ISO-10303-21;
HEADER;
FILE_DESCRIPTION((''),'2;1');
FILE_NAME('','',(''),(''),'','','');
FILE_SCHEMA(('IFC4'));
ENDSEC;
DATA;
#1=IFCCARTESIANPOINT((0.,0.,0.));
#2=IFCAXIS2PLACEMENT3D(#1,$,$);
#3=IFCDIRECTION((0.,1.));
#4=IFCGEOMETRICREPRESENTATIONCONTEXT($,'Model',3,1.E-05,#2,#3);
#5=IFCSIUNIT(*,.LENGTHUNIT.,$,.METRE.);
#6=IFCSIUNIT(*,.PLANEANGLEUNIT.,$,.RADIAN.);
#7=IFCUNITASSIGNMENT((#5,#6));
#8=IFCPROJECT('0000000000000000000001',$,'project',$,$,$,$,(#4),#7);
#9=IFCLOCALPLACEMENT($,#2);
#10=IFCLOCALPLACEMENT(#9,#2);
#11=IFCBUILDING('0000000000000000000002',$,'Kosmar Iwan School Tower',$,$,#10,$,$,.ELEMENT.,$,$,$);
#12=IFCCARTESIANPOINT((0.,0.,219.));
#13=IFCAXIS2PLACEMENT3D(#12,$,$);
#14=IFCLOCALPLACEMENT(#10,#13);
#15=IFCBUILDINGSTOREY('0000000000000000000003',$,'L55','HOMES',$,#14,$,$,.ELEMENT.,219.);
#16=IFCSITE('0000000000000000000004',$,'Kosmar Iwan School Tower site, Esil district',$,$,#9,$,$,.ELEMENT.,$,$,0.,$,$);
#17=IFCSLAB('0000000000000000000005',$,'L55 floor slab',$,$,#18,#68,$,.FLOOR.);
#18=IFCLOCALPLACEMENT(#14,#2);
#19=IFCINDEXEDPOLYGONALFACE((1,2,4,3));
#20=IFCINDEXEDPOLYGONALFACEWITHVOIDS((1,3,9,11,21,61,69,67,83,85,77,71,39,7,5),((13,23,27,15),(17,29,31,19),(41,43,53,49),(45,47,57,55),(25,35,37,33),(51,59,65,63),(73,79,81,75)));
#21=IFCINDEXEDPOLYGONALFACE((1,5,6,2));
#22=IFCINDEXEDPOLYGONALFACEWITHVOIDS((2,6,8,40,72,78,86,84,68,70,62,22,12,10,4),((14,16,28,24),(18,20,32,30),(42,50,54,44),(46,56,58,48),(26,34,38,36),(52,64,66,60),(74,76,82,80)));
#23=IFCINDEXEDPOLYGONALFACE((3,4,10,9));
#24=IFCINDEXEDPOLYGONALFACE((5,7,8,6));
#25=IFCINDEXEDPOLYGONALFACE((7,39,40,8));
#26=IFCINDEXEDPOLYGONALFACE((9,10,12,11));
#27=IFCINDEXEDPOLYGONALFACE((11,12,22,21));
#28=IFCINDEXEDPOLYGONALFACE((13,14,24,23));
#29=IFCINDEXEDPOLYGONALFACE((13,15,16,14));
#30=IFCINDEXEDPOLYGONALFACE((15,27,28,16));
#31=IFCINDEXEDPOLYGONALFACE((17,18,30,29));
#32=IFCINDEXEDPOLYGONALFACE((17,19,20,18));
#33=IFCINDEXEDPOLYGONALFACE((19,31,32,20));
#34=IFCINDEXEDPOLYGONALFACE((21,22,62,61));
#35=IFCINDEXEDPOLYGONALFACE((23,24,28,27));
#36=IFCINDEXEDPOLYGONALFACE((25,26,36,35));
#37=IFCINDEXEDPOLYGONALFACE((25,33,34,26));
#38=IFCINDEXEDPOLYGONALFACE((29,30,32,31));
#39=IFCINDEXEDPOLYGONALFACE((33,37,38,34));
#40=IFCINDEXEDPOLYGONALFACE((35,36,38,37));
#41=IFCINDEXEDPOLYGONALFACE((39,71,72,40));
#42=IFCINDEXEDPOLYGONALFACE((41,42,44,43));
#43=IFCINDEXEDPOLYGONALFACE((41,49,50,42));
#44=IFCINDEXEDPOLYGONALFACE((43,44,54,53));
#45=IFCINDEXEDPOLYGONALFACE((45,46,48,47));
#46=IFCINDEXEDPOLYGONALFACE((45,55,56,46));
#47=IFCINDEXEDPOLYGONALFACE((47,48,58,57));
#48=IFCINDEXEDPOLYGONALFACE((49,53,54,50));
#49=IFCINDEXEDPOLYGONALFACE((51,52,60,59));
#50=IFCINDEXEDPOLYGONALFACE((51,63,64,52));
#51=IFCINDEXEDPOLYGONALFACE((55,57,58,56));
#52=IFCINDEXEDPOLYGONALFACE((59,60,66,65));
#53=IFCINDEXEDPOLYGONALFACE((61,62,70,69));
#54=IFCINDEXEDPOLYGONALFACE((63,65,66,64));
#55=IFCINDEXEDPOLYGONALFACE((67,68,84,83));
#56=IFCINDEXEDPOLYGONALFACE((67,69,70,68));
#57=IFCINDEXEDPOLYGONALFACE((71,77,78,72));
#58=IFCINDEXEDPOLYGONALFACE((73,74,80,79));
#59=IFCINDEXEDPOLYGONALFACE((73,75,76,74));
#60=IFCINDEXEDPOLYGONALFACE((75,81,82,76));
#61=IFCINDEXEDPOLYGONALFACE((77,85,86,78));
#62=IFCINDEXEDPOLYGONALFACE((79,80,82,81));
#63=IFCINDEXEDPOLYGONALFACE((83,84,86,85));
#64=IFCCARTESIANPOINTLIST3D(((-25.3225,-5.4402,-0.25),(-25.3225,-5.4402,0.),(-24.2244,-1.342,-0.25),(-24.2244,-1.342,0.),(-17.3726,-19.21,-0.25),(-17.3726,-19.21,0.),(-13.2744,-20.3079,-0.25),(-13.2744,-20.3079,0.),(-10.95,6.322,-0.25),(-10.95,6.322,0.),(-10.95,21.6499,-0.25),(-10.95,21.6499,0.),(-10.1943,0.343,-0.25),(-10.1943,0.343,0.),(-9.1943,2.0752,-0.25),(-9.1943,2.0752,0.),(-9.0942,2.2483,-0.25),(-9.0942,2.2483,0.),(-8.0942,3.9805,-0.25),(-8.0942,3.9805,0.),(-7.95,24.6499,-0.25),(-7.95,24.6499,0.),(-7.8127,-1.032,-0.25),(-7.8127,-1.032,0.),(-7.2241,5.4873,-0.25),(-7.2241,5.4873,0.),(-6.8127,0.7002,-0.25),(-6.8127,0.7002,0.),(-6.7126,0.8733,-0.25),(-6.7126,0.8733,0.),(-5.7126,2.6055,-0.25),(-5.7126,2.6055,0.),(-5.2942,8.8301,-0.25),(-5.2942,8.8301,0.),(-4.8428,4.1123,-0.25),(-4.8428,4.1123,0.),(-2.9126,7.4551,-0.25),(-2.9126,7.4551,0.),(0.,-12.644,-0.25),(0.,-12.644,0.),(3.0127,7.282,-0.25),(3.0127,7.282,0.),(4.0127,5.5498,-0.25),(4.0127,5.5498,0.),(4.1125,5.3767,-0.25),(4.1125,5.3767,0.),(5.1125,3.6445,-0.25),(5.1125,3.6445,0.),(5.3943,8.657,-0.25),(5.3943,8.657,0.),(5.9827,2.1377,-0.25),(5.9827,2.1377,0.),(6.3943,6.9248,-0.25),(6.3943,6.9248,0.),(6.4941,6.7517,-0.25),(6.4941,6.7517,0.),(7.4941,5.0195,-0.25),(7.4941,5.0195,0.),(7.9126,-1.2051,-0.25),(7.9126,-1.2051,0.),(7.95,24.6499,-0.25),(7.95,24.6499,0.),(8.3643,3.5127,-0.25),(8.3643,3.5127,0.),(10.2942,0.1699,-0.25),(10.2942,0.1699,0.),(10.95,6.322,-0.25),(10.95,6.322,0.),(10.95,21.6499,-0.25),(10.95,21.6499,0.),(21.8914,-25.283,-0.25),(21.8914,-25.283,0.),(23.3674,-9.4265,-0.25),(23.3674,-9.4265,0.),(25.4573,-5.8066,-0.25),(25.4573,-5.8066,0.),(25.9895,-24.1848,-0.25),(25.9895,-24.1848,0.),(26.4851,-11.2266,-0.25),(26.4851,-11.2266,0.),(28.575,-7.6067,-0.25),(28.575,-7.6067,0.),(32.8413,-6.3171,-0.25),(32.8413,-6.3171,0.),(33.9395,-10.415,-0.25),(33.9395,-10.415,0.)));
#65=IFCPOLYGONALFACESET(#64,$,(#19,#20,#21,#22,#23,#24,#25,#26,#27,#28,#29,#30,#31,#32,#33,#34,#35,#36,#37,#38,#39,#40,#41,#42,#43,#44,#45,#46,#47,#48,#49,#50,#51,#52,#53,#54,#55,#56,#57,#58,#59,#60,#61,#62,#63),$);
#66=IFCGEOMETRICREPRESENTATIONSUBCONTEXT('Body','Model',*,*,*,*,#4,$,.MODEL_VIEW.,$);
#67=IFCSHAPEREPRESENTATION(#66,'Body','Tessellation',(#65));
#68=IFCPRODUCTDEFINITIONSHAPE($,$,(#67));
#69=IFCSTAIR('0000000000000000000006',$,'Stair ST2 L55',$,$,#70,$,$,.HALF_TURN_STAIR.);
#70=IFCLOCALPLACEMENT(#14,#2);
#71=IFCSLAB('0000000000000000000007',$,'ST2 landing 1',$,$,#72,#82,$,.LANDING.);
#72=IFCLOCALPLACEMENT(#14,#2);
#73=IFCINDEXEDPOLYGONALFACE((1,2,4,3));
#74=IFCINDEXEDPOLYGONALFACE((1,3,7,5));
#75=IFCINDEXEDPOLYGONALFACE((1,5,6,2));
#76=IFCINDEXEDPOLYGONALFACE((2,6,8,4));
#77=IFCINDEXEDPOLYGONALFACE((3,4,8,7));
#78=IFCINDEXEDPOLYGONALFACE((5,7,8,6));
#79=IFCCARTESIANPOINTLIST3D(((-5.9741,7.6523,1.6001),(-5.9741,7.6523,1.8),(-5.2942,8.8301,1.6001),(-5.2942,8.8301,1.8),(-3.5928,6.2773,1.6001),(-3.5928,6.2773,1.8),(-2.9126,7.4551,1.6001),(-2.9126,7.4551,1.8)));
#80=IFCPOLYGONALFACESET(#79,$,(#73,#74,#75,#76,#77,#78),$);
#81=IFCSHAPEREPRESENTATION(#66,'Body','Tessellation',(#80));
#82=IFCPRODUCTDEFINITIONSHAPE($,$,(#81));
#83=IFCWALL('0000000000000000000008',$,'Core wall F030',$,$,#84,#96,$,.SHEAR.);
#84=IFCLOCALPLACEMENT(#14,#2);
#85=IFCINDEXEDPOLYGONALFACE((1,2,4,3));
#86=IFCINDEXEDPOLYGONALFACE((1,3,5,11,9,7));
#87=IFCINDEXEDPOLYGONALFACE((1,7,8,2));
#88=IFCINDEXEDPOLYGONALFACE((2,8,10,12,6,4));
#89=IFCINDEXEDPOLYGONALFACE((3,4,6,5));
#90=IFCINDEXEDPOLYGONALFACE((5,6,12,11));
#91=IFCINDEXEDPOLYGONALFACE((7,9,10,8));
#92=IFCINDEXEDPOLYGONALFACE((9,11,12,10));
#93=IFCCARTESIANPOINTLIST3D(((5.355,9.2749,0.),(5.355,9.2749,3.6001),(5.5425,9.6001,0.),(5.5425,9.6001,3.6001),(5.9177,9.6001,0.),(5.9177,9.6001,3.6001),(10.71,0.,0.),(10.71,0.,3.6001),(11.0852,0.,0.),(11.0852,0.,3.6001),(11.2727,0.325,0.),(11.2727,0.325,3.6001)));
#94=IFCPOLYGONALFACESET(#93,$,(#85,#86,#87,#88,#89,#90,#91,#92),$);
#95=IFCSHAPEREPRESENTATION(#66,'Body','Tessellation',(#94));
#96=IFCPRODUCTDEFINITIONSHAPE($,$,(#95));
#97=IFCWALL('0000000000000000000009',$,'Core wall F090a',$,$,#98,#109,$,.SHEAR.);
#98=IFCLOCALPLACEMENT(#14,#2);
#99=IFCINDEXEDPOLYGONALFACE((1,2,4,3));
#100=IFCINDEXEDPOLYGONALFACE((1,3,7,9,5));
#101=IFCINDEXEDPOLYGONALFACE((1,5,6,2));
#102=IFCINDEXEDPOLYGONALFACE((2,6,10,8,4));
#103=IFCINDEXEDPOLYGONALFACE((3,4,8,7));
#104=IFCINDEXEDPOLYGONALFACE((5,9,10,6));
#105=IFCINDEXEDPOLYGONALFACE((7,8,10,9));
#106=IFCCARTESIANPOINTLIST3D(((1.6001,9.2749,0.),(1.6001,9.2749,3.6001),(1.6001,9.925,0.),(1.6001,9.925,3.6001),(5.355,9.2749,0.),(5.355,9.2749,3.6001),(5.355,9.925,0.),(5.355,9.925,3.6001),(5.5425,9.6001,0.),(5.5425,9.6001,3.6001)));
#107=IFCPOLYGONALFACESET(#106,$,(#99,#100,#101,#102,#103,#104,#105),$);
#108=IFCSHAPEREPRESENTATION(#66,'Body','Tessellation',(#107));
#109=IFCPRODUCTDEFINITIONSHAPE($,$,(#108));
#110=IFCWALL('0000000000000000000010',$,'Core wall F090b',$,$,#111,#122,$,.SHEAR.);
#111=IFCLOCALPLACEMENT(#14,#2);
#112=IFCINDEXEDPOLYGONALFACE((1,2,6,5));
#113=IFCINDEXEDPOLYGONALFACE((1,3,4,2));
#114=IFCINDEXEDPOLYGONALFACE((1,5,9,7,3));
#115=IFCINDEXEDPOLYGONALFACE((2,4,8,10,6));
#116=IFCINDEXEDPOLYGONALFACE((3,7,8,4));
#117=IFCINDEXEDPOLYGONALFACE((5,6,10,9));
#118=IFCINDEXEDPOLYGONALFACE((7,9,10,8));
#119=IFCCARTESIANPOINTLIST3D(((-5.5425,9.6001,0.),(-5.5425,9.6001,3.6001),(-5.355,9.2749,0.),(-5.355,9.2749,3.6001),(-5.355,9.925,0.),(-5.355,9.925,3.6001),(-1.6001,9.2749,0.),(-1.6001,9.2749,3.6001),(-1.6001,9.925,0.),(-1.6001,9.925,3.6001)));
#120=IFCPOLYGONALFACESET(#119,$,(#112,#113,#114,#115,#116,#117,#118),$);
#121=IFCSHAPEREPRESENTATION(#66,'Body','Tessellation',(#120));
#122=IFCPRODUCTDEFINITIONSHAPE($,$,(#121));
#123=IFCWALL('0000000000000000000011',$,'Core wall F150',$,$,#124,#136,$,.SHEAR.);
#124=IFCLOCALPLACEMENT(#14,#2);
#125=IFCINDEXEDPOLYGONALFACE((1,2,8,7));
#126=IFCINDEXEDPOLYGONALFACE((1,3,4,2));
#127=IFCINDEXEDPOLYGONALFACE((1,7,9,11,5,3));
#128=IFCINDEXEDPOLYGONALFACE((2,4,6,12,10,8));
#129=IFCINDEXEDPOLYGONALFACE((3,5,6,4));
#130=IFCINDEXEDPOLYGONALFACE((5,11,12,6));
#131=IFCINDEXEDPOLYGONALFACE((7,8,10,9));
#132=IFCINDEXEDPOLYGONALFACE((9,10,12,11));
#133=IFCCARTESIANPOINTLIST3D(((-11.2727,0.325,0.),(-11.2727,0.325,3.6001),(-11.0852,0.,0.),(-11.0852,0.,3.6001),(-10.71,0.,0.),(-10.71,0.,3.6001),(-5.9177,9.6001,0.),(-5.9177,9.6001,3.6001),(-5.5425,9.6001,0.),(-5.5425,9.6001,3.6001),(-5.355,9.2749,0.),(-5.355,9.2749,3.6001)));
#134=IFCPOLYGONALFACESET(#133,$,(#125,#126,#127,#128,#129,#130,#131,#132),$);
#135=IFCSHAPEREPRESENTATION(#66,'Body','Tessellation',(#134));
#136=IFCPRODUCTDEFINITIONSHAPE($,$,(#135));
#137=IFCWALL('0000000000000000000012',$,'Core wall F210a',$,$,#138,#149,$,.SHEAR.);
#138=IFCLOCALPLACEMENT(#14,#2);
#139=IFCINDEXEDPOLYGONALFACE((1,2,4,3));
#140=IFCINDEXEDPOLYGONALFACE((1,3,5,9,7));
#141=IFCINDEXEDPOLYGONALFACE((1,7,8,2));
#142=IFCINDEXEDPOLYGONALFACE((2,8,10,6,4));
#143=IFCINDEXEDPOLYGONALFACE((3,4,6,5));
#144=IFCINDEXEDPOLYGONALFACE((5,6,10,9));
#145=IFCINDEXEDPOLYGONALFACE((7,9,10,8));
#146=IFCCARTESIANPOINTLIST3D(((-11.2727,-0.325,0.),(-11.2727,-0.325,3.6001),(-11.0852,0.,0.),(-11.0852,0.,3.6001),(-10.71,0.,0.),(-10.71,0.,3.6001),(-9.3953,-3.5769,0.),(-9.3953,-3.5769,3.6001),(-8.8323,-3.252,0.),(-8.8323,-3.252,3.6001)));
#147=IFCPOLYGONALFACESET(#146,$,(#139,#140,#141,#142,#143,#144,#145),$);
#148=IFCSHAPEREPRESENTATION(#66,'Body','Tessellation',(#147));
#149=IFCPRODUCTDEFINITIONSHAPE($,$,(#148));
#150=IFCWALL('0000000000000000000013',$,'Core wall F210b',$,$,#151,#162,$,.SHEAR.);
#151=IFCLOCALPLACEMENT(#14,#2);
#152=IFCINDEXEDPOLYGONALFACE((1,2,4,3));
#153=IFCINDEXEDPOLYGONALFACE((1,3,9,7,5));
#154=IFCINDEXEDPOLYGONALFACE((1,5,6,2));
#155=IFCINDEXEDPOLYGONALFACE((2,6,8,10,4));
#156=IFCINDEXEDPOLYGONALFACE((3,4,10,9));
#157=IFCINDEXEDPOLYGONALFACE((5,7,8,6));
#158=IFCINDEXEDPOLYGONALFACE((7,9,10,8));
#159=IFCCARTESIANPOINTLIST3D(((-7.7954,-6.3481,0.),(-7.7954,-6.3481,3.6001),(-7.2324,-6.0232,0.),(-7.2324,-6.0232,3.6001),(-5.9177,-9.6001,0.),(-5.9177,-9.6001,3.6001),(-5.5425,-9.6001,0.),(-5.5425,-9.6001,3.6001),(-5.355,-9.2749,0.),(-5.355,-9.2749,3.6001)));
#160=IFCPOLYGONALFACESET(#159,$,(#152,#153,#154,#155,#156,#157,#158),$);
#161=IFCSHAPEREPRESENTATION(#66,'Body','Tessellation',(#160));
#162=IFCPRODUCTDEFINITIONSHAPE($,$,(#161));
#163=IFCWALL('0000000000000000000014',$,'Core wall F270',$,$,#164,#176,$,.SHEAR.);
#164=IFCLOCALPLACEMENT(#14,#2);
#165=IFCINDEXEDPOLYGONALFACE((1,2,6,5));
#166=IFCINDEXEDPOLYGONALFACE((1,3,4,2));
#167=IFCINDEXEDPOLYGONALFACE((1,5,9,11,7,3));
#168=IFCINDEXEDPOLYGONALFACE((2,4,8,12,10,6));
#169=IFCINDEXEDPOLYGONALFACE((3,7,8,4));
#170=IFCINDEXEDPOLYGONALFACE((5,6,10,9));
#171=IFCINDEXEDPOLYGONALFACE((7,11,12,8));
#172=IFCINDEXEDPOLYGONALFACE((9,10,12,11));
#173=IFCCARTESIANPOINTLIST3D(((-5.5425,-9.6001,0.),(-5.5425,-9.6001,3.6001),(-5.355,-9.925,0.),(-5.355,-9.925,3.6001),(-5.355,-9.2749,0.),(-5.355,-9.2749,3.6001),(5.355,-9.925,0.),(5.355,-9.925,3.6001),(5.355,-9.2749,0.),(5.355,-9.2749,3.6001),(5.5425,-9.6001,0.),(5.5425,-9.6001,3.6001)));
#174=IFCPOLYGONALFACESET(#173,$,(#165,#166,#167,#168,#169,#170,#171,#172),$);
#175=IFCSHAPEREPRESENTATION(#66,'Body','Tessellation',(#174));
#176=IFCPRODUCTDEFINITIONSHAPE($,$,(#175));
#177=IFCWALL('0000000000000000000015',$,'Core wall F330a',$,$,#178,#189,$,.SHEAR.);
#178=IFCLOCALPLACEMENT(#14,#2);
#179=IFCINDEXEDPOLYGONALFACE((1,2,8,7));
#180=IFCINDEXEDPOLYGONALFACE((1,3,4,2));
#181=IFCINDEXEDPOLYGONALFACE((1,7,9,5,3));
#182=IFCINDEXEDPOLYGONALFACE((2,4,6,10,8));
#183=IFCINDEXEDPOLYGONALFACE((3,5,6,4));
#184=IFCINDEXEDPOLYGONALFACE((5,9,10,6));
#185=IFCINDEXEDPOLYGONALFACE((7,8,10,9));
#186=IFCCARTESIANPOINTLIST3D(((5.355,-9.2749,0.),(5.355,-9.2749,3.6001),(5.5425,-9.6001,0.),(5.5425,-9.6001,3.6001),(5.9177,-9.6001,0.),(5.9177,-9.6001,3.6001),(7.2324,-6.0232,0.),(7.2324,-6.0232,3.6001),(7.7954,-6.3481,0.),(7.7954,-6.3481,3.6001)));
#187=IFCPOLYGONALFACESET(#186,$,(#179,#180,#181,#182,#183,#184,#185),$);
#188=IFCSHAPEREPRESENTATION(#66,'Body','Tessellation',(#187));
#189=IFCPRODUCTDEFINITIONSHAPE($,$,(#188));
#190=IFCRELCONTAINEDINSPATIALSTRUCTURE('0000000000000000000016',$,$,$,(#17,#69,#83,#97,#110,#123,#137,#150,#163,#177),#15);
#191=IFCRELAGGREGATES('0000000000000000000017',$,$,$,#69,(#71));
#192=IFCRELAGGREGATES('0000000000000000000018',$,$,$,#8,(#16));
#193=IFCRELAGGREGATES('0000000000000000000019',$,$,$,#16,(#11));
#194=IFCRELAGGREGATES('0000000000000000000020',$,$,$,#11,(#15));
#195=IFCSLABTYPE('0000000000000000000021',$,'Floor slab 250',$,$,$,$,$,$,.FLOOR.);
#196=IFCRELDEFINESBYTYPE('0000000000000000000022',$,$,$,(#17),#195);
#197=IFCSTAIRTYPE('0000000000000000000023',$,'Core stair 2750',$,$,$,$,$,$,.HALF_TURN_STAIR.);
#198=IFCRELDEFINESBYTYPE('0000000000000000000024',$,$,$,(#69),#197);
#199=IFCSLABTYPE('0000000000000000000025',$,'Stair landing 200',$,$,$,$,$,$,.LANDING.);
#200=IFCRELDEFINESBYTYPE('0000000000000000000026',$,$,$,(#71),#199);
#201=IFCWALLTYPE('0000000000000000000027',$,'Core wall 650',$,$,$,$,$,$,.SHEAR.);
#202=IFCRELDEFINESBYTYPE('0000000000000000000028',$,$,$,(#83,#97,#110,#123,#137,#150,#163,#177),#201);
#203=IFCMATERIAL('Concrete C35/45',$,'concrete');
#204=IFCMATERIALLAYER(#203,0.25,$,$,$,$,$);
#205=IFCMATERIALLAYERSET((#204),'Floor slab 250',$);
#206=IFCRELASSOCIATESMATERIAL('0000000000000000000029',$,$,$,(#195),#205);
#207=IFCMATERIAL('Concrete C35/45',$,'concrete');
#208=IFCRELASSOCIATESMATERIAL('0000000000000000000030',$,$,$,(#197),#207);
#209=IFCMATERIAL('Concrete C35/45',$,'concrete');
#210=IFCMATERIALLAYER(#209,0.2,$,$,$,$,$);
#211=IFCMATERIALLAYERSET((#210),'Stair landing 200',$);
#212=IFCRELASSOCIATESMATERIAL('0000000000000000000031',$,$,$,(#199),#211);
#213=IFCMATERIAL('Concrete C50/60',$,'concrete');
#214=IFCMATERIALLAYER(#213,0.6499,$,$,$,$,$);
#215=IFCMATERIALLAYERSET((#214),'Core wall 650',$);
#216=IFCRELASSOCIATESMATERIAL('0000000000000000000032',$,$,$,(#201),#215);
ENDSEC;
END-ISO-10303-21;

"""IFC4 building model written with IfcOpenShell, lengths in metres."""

from ifc_helpers import new_model, si_unit, direction, frame, origin, place, context, subcontext, project, spatial, polyline, outline, extrude, material, layer, layer_set, type_object, element, aggregate, save


model = new_model("IFC4")

# Units and contexts
model_context = context("Model", 3, precision=1e-05, world=origin(), true_north=direction((0.0, 1.0)))
body_context = subcontext(model_context, "Body", "Model", "MODEL_VIEW")
ifc_project = project(units=[si_unit("LENGTHUNIT", "METRE"), si_unit("PLANEANGLEUNIT", "RADIAN")], contexts=[model_context])

# Site, building, storey
site_placement = place(None, origin())
site = spatial("IfcSite", under=ifc_project, at=site_placement, Name="Kosmar Iwan School Tower site, Esil district", CompositionType="ELEMENT", RefElevation=0.0)
building_placement = place(site_placement, origin())
building = spatial("IfcBuilding", under=site, at=building_placement, Name="Kosmar Iwan School Tower", CompositionType="ELEMENT")
storey_placement = place(building_placement, frame((0.0, 0.0, 219.0)))
storey = spatial("IfcBuildingStorey", under=building, at=storey_placement, Name="L55", Description="HOMES", CompositionType="ELEMENT", Elevation=219.0)

# Slab
ifc_material_1 = material(Name="Concrete C35/45", Category="concrete")
ifc_layer_1 = layer(ifc_material_1, 0.25)
ifc_layer_set_1 = layer_set([ifc_layer_1], Name="Floor slab 250")
slab_type_1 = type_object("IfcSlabType", Name="Floor slab 250", PredefinedType="FLOOR", material=ifc_layer_set_1)
slab_1_placement = place(storey_placement, frame((0.0, 0.0, -0.25)))
element("IfcSlab", 1, at=slab_1_placement, inside=storey, type_object=slab_type_1, Name="L55 floor slab", PredefinedType="FLOOR", context=body_context, shape_type="SweptSolid", body=[
    extrude(outline(polyline([(21.8914, -25.283), (25.9895, -24.1848), (33.9395, -10.415), (32.8413, -6.3171), (10.95, 6.322), (10.95, 21.6499), (7.95, 24.6499), (-7.95, 24.6499), (-10.95, 21.6499), (-10.95, 6.322), (-24.2244, -1.342), (-25.3225, -5.4402), (-17.3726, -19.21), (-13.2744, -20.3079), (0.0, -12.644), (21.8914, -25.283)]), holes=[polyline([(7.9126, -1.2051), (10.2942, 0.1699), (8.3643, 3.5127), (5.9827, 2.1377), (7.9126, -1.2051)]), polyline([(-2.9126, 7.4551), (-5.2942, 8.8301), (-7.2241, 5.4873), (-4.8428, 4.1123), (-2.9126, 7.4551)]), polyline([(-5.7126, 2.6055), (-8.0942, 3.9805), (-9.0942, 2.2483), (-6.7126, 0.8733), (-5.7126, 2.6055)]), polyline([(-6.8127, 0.7002), (-9.1943, 2.0752), (-10.1943, 0.343), (-7.8127, -1.032), (-6.8127, 0.7002)]), polyline([(5.1125, 3.6445), (7.4941, 5.0195), (6.4941, 6.7517), (4.1125, 5.3767), (5.1125, 3.6445)]), polyline([(4.0127, 5.5498), (6.3943, 6.9248), (5.3943, 8.657), (3.0127, 7.282), (4.0127, 5.5498)]), polyline([(23.3674, -9.4265), (26.4851, -11.2266), (28.575, -7.6067), (25.4573, -5.8066), (23.3674, -9.4265)])]), origin(), (0.0, 0.0, 1.0), 0.25),
])

# Stair, slab
ifc_material_2 = material(Name="Concrete C35/45", Category="concrete")
stair_type = type_object("IfcStairType", Name="Core stair 2750", PredefinedType="HALF_TURN_STAIR", material=ifc_material_2)
stair_placement = place(storey_placement, origin())
stair = element("IfcStair", 2, at=stair_placement, inside=storey, type_object=stair_type, Name="Stair ST2 L55", PredefinedType="HALF_TURN_STAIR")
ifc_material_3 = material(Name="Concrete C35/45", Category="concrete")
ifc_layer_2 = layer(ifc_material_3, 0.2)
ifc_layer_set_2 = layer_set([ifc_layer_2], Name="Stair landing 200")
slab_type_2 = type_object("IfcSlabType", Name="Stair landing 200", PredefinedType="LANDING", material=ifc_layer_set_2)
slab_2_placement = place(storey_placement, frame((0.0, 0.0, 1.6001)))
slab_2 = element("IfcSlab", 3, at=slab_2_placement, type_object=slab_type_2, Name="ST2 landing 1", PredefinedType="LANDING", context=body_context, shape_type="SweptSolid", body=[
    extrude(outline(polyline([(-2.9126, 7.4551), (-5.2942, 8.8301), (-5.9741, 7.6523), (-3.5928, 6.2773), (-2.9126, 7.4551)])), origin(), (0.0, 0.0, 1.0), 0.2),
])
aggregate(stair, [slab_2])

# Walls
ifc_material_4 = material(Name="Concrete C50/60", Category="concrete")
ifc_layer_3 = layer(ifc_material_4, 0.6499)
ifc_layer_set_3 = layer_set([ifc_layer_3], Name="Core wall 650")
wall_type = type_object("IfcWallType", Name="Core wall 650", PredefinedType="SHEAR", material=ifc_layer_set_3)
wall_1_placement = place(storey_placement, origin())
element("IfcWall", 4, at=wall_1_placement, inside=storey, type_object=wall_type, Name="Core wall F030", PredefinedType="SHEAR", context=body_context, shape_type="SweptSolid", body=[
    extrude(outline(polyline([(10.71, 0.0), (11.0852, 0.0), (11.2727, 0.325), (5.9177, 9.6001), (5.5425, 9.6001), (5.355, 9.2749), (10.71, 0.0)])), origin(), (0.0, 0.0, 1.0), 3.6001),
])
wall_2_placement = place(storey_placement, origin())
element("IfcWall", 5, at=wall_2_placement, inside=storey, type_object=wall_type, Name="Core wall F090a", PredefinedType="SHEAR", context=body_context, shape_type="SweptSolid", body=[
    extrude(outline(polyline([(1.6001, 9.2749), (5.355, 9.2749), (5.5425, 9.6001), (5.355, 9.925), (1.6001, 9.925), (1.6001, 9.2749)])), origin(), (0.0, 0.0, 1.0), 3.6001),
])
wall_3_placement = place(storey_placement, origin())
element("IfcWall", 6, at=wall_3_placement, inside=storey, type_object=wall_type, Name="Core wall F090b", PredefinedType="SHEAR", context=body_context, shape_type="SweptSolid", body=[
    extrude(outline(polyline([(-5.355, 9.2749), (-1.6001, 9.2749), (-1.6001, 9.925), (-5.355, 9.925), (-5.5425, 9.6001), (-5.355, 9.2749)])), origin(), (0.0, 0.0, 1.0), 3.6001),
])
wall_4_placement = place(storey_placement, origin())
element("IfcWall", 7, at=wall_4_placement, inside=storey, type_object=wall_type, Name="Core wall F150", PredefinedType="SHEAR", context=body_context, shape_type="SweptSolid", body=[
    extrude(outline(polyline([(-11.0852, 0.0), (-10.71, 0.0), (-5.355, 9.2749), (-5.5425, 9.6001), (-5.9177, 9.6001), (-11.2727, 0.325), (-11.0852, 0.0)])), origin(), (0.0, 0.0, 1.0), 3.6001),
])
wall_5_placement = place(storey_placement, origin())
element("IfcWall", 8, at=wall_5_placement, inside=storey, type_object=wall_type, Name="Core wall F210a", PredefinedType="SHEAR", context=body_context, shape_type="SweptSolid", body=[
    extrude(outline(polyline([(-9.3953, -3.5769), (-8.8323, -3.252), (-10.71, 0.0), (-11.0852, 0.0), (-11.2727, -0.325), (-9.3953, -3.5769)])), origin(), (0.0, 0.0, 1.0), 3.6001),
])
wall_6_placement = place(storey_placement, origin())
element("IfcWall", 9, at=wall_6_placement, inside=storey, type_object=wall_type, Name="Core wall F210b", PredefinedType="SHEAR", context=body_context, shape_type="SweptSolid", body=[
    extrude(outline(polyline([(-5.9177, -9.6001), (-5.5425, -9.6001), (-5.355, -9.2749), (-7.2324, -6.0232), (-7.7954, -6.3481), (-5.9177, -9.6001)])), origin(), (0.0, 0.0, 1.0), 3.6001),
])
wall_7_placement = place(storey_placement, origin())
element("IfcWall", 10, at=wall_7_placement, inside=storey, type_object=wall_type, Name="Core wall F270", PredefinedType="SHEAR", context=body_context, shape_type="SweptSolid", body=[
    extrude(outline(polyline([(-5.355, -9.925), (5.355, -9.925), (5.5425, -9.6001), (5.355, -9.2749), (-5.355, -9.2749), (-5.5425, -9.6001), (-5.355, -9.925)])), origin(), (0.0, 0.0, 1.0), 3.6001),
])
wall_8_placement = place(storey_placement, origin())
element("IfcWall", 11, at=wall_8_placement, inside=storey, type_object=wall_type, Name="Core wall F330a", PredefinedType="SHEAR", context=body_context, shape_type="SweptSolid", body=[
    extrude(outline(polyline([(5.5425, -9.6001), (5.9177, -9.6001), (7.7954, -6.3481), (7.2324, -6.0232), (5.355, -9.2749), (5.5425, -9.6001)])), origin(), (0.0, 0.0, 1.0), 3.6001),
])

save(model, "model.ifc")
